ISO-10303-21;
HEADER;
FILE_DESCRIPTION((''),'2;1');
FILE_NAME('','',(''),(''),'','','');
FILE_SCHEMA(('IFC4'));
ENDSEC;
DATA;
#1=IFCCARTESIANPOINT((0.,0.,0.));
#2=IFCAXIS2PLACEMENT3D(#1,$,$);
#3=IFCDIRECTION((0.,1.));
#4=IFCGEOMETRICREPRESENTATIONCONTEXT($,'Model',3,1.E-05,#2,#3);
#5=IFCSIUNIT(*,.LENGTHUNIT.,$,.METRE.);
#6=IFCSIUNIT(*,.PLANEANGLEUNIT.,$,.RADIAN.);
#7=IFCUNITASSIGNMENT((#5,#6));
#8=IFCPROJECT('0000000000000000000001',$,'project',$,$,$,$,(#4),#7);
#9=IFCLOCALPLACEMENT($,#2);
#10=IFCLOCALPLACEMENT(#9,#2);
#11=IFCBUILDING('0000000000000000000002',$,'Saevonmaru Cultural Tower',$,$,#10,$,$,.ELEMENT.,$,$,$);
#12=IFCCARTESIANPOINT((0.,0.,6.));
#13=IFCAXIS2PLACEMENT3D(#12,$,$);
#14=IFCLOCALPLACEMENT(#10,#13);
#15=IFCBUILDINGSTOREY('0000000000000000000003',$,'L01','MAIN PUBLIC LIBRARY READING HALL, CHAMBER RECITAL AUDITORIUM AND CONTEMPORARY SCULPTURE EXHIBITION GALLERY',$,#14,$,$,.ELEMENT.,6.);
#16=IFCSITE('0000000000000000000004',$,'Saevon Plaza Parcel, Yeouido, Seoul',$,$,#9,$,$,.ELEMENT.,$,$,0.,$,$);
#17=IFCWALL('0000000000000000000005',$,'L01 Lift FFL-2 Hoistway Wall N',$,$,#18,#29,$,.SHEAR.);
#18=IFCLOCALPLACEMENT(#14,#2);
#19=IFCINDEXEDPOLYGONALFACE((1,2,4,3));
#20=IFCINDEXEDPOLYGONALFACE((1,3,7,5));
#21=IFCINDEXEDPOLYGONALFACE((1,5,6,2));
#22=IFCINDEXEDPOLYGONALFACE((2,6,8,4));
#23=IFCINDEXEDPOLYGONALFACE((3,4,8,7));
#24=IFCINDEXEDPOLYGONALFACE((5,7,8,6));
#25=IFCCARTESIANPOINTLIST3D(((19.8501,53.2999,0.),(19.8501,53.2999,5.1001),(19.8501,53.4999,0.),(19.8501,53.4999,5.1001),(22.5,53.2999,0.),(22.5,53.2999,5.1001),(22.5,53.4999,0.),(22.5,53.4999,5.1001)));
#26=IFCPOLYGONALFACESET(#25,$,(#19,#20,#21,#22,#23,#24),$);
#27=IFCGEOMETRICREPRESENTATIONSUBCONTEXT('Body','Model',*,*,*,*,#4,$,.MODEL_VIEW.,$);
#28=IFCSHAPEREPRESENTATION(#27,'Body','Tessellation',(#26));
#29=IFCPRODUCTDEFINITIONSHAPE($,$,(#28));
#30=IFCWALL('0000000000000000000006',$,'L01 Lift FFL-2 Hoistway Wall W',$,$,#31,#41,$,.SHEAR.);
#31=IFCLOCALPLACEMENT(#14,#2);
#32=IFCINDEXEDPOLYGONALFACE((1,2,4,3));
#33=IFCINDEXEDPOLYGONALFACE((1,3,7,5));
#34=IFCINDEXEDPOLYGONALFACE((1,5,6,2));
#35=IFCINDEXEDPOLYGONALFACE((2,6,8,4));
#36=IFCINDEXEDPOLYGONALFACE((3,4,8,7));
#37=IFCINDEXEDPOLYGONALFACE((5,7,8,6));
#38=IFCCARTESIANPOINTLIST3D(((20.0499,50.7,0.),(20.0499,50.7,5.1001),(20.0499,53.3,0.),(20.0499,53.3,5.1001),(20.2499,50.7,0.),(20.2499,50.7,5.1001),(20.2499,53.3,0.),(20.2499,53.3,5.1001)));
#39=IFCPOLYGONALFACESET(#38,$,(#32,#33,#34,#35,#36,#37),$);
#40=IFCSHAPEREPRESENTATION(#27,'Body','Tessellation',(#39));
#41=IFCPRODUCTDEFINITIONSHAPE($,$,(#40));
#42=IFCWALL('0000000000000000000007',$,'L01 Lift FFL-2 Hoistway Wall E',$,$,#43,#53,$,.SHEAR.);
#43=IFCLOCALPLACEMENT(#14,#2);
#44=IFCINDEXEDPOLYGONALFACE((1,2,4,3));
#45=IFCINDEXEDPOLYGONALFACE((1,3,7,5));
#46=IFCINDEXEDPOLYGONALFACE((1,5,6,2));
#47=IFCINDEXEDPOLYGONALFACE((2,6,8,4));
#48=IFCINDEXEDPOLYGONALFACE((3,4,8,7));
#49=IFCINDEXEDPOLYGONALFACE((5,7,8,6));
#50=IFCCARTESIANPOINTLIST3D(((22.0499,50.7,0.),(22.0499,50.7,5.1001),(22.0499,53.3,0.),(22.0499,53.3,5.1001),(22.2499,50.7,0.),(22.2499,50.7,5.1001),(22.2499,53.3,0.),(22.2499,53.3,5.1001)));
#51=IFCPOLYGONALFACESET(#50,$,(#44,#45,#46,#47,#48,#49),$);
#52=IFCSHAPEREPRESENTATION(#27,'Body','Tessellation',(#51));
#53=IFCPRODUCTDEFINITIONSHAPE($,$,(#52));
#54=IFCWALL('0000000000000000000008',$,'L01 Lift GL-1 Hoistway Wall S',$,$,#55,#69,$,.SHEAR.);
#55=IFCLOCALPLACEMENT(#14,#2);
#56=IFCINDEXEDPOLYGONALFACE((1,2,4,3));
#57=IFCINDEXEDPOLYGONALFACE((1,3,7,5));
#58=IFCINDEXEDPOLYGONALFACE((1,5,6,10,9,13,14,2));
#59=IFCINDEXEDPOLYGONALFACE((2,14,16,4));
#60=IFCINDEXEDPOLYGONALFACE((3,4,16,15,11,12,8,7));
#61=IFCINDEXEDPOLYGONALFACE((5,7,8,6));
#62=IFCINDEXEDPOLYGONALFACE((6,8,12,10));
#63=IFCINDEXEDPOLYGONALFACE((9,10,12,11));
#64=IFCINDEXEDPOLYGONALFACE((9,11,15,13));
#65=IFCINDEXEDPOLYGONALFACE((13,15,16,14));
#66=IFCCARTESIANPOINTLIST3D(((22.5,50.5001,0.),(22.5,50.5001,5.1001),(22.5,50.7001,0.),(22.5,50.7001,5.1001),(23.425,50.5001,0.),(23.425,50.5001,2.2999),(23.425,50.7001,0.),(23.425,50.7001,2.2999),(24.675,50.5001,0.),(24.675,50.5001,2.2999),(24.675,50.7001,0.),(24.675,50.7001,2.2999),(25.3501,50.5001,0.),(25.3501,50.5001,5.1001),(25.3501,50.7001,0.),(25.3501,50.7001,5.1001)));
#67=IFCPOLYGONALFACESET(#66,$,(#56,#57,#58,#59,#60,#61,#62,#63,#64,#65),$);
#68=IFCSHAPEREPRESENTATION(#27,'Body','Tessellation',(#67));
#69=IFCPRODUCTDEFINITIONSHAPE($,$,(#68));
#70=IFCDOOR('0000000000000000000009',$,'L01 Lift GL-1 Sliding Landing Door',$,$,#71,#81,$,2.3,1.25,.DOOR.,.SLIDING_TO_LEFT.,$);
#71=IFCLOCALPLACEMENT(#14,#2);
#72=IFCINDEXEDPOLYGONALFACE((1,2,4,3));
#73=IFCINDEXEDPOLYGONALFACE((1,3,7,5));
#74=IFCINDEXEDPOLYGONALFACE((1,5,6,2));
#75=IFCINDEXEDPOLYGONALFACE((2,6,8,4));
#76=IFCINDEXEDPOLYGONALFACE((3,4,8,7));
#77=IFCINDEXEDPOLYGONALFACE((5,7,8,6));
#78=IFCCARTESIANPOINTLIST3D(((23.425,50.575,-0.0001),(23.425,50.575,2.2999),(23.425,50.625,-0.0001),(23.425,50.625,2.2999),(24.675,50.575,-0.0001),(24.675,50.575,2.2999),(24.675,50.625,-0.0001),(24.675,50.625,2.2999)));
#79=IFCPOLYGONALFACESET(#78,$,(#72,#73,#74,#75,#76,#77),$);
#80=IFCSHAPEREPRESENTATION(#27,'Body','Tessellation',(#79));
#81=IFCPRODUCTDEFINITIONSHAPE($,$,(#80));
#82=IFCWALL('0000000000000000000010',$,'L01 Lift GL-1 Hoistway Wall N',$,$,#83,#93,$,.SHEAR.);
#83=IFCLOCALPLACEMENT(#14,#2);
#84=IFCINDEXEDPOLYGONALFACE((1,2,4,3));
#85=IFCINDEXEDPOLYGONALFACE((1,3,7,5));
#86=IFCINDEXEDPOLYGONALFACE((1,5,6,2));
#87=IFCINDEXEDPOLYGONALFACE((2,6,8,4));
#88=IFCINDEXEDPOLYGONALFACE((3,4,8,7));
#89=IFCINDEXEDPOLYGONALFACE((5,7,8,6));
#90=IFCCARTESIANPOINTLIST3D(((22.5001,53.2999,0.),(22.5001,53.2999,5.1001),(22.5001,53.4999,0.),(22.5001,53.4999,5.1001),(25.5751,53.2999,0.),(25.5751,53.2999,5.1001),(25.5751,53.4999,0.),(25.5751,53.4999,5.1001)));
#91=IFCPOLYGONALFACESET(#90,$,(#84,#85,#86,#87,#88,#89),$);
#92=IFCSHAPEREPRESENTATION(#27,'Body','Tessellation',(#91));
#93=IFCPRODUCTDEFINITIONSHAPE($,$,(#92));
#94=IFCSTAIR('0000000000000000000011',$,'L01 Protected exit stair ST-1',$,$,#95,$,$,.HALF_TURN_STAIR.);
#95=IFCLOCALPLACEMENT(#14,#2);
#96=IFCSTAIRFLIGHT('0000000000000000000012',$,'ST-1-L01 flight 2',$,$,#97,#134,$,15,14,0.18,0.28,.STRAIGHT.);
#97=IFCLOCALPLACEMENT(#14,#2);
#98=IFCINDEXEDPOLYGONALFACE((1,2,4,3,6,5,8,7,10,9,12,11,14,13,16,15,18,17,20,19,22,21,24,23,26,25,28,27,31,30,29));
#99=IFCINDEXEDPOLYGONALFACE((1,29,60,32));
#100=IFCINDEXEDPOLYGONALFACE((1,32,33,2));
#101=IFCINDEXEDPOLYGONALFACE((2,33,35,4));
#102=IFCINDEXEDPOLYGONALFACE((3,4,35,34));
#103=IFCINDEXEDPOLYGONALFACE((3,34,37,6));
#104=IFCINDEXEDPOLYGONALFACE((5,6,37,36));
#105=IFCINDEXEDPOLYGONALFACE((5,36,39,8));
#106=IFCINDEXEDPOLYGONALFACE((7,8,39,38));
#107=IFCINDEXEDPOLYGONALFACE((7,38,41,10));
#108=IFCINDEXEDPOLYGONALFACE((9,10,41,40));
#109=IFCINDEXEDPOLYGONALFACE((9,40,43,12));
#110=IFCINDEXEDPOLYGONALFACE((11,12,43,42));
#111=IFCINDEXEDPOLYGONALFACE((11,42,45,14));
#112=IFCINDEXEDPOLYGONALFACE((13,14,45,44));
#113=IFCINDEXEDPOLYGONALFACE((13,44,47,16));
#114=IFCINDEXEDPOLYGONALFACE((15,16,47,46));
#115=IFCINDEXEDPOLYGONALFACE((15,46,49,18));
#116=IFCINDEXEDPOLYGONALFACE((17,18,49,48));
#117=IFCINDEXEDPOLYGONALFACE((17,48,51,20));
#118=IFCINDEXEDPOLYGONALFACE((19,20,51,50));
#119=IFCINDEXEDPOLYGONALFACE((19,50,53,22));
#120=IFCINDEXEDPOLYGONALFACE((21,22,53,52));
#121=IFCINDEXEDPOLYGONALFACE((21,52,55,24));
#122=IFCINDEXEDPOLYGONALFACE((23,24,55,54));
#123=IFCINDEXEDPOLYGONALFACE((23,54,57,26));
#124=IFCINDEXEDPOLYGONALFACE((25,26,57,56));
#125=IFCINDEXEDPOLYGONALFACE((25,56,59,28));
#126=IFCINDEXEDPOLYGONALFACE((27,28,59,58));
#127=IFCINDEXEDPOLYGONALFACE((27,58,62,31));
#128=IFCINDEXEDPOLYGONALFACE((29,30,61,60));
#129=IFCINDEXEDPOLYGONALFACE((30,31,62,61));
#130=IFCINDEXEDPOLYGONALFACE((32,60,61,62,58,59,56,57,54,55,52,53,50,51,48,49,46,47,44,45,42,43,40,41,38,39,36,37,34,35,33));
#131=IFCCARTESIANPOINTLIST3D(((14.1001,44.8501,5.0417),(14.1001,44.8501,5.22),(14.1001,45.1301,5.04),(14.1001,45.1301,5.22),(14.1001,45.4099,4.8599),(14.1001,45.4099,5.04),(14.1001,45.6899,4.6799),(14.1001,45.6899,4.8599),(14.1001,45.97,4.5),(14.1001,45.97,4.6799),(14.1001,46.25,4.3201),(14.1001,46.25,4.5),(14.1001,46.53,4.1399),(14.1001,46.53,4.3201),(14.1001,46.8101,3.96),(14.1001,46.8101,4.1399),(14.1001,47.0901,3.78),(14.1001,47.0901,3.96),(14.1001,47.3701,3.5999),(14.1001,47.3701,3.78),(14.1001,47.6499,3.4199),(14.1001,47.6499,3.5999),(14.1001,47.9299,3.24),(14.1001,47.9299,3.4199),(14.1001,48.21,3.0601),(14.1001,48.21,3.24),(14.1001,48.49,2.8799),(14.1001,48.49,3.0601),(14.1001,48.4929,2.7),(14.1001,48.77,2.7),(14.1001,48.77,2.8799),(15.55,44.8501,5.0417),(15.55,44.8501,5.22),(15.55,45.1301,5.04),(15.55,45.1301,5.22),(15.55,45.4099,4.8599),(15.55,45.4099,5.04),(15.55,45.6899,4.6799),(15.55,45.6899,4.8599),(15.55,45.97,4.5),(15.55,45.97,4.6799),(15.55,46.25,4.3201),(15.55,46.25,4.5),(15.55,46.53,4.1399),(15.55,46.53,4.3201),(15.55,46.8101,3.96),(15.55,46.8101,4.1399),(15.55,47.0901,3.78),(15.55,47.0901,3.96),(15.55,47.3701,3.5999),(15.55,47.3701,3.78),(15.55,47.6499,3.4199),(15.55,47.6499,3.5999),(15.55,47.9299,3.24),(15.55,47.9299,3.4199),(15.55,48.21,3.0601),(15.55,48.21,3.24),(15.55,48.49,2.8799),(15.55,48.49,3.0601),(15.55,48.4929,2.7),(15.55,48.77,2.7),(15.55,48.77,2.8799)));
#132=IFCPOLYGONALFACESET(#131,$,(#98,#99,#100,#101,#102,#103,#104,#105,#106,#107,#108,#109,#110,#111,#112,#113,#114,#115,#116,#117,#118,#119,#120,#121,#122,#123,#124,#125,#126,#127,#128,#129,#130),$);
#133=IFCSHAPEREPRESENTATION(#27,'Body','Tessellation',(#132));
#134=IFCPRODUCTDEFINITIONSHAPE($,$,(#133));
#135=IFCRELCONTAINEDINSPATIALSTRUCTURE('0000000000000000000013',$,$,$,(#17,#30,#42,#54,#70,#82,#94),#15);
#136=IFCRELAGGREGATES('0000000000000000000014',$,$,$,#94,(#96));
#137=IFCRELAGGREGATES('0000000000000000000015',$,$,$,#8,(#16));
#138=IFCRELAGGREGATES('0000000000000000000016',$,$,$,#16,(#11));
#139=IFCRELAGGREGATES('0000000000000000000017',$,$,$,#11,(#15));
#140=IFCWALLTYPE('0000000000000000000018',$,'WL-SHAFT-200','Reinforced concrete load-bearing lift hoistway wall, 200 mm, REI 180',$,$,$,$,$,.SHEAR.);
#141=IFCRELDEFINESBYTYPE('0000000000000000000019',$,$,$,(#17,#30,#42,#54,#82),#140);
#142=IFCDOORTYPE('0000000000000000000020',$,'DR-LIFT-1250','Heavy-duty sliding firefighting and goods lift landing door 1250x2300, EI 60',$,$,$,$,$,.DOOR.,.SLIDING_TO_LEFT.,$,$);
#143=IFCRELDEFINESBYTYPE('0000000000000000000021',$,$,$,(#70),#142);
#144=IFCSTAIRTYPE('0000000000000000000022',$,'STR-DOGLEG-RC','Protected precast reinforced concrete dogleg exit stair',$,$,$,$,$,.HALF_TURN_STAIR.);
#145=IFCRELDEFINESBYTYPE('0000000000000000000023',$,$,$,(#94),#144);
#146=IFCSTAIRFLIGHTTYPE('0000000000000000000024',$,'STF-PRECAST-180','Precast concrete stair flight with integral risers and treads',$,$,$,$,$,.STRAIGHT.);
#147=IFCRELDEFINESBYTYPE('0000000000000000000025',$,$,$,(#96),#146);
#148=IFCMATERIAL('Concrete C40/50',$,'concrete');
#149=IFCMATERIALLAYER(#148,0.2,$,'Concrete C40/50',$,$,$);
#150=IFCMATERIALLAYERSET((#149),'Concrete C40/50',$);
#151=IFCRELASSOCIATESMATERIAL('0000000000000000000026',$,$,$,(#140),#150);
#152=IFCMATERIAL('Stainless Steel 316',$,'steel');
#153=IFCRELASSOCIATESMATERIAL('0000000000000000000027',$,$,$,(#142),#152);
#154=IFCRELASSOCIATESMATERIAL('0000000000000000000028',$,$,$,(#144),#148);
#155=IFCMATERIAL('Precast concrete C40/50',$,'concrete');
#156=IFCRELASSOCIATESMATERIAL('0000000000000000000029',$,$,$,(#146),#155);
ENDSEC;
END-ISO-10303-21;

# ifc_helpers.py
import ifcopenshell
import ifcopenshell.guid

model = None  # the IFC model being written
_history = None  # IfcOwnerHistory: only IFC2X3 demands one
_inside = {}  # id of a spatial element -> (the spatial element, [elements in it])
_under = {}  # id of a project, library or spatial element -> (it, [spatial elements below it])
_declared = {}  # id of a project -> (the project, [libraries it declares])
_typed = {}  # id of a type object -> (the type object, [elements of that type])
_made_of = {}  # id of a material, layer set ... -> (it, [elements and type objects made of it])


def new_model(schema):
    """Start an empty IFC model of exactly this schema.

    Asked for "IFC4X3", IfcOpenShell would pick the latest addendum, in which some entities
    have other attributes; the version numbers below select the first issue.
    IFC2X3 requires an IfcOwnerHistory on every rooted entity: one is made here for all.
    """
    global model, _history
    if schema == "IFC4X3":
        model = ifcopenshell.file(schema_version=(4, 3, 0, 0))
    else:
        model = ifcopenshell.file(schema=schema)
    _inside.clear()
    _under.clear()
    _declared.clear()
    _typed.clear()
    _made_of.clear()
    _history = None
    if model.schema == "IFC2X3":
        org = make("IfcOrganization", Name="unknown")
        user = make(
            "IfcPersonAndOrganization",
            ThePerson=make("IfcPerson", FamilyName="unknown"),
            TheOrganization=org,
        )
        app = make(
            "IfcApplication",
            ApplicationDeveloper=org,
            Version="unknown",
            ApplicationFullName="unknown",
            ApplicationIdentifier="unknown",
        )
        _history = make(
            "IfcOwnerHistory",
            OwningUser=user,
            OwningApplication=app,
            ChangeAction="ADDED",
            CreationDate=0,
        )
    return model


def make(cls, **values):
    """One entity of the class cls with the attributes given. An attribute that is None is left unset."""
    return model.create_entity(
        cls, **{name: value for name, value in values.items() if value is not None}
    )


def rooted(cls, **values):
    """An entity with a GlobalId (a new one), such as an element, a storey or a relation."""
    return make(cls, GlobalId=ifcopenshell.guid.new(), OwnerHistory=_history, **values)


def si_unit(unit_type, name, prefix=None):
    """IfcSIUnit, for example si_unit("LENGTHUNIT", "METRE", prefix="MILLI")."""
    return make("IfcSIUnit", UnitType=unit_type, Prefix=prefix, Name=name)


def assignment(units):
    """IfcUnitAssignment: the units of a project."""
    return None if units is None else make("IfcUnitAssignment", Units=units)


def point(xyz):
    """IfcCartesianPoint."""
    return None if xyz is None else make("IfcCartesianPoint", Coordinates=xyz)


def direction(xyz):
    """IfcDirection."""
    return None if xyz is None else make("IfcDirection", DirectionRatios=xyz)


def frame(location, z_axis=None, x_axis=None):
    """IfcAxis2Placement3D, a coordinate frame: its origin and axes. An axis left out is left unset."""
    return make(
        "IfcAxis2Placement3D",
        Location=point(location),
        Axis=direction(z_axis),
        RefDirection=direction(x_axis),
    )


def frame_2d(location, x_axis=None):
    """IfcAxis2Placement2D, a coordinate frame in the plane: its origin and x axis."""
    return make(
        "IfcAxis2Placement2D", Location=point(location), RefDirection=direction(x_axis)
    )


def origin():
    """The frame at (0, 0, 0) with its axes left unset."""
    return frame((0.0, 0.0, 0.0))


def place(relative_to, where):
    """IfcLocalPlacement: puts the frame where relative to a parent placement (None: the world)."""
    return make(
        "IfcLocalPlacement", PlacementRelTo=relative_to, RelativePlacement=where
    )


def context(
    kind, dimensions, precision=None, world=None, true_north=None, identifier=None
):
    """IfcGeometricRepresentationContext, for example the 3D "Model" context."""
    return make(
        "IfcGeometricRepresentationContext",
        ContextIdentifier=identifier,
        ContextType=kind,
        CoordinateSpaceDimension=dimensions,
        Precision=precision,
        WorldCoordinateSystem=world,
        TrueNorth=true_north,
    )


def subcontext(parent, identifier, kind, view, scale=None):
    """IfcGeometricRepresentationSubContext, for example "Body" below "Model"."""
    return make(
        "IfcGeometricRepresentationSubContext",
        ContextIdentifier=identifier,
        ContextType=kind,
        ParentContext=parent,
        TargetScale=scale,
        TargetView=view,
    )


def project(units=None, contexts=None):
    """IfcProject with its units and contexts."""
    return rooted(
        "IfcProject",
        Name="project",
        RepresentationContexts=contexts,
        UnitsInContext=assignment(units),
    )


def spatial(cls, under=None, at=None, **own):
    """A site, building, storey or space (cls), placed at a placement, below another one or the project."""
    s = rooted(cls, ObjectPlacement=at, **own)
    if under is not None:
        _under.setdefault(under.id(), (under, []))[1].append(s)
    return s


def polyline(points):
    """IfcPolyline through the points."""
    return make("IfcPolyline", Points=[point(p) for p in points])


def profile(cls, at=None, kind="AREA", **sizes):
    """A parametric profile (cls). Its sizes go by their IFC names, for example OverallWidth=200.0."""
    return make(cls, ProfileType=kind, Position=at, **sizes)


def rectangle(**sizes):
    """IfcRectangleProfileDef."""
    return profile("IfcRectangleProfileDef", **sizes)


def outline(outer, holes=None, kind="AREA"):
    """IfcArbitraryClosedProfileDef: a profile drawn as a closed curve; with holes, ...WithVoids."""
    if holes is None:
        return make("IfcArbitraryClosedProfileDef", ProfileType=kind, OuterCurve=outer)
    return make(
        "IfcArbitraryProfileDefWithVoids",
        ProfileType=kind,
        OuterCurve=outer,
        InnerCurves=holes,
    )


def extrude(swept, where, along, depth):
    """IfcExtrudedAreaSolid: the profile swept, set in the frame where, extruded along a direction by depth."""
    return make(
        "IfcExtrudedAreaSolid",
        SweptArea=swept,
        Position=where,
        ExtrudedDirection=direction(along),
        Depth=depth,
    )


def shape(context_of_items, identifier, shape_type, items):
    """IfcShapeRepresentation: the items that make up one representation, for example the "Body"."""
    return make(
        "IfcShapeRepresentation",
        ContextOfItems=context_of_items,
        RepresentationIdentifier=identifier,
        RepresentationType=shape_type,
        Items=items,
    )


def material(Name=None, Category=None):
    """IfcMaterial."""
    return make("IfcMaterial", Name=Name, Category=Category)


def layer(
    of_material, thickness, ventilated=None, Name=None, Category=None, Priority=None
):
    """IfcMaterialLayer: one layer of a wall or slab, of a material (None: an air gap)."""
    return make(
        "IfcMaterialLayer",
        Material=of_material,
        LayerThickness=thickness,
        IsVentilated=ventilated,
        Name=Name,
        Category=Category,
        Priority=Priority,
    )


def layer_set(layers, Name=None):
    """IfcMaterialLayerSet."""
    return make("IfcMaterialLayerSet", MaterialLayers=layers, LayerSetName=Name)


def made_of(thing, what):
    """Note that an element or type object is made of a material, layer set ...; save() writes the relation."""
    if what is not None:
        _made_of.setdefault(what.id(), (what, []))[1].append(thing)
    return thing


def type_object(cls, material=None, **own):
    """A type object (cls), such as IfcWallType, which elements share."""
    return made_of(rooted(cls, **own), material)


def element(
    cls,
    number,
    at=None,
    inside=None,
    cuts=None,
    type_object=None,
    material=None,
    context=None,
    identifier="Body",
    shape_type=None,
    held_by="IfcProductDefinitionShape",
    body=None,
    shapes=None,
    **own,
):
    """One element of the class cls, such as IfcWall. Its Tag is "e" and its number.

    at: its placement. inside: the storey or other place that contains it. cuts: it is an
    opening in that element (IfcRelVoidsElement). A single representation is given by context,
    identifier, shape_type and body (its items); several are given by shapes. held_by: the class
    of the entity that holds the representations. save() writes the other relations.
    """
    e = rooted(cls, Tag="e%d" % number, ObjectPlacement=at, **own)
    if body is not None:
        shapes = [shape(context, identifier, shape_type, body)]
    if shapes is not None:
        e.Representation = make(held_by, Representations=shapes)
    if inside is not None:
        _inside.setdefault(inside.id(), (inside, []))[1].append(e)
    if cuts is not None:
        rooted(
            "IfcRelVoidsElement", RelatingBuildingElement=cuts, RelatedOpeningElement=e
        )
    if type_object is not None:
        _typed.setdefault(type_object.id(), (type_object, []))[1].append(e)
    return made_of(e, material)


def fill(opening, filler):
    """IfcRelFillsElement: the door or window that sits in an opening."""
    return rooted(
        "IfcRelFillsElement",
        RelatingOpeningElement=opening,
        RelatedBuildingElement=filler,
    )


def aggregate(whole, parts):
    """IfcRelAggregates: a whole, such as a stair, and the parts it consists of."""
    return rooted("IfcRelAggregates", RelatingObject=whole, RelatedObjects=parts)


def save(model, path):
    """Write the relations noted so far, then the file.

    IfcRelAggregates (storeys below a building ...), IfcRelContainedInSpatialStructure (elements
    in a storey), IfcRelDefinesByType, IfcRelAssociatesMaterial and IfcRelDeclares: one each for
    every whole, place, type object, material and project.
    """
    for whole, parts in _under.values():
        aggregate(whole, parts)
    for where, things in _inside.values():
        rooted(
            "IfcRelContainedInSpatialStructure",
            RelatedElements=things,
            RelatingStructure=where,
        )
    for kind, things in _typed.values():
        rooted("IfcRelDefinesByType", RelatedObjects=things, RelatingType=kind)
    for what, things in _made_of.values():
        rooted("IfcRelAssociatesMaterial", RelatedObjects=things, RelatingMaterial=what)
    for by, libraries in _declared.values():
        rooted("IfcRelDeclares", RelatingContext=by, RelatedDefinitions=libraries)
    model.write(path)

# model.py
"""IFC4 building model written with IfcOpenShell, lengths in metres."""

from ifc_helpers import new_model, si_unit, direction, frame, frame_2d, origin, place, context, subcontext, project, spatial, polyline, rectangle, outline, extrude, material, layer, layer_set, type_object, element, fill, aggregate, save


model = new_model("IFC4")

# Units and contexts
model_context = context("Model", 3, precision=1e-05, world=origin(), true_north=direction((0.0, 1.0)))
body_context = subcontext(model_context, "Body", "Model", "MODEL_VIEW")
ifc_project = project(units=[si_unit("LENGTHUNIT", "METRE"), si_unit("PLANEANGLEUNIT", "RADIAN")], contexts=[model_context])

# Site, building, storey
site_placement = place(None, origin())
site = spatial("IfcSite", under=ifc_project, at=site_placement, Name="Saevon Plaza Parcel, Yeouido, Seoul", CompositionType="ELEMENT", RefElevation=0.0)
building_placement = place(site_placement, origin())
building = spatial("IfcBuilding", under=site, at=building_placement, Name="Saevonmaru Cultural Tower", CompositionType="ELEMENT")
storey_placement = place(building_placement, frame((0.0, 0.0, 6.0)))
storey = spatial("IfcBuildingStorey", under=building, at=storey_placement, Name="L01", Description="MAIN PUBLIC LIBRARY READING HALL, CHAMBER RECITAL AUDITORIUM AND CONTEMPORARY SCULPTURE EXHIBITION GALLERY", CompositionType="ELEMENT", Elevation=6.0)

# Shared definitions
ifc_material_1 = material(Name="Concrete C40/50", Category="concrete")
ifc_layer_1 = layer(ifc_material_1, 0.2, Name="Concrete C40/50")
ifc_layer_set_1 = layer_set([ifc_layer_1], Name="Concrete C40/50")
wall_type_1 = type_object("IfcWallType", Name="WL-SHAFT-200", Description="Reinforced concrete load-bearing lift hoistway wall, 200 mm, REI 180", PredefinedType="SHEAR", material=ifc_layer_set_1)
ifc_material_2 = material(Name="Stainless Steel 316", Category="steel")
door_type_1 = type_object("IfcDoorType", Name="DR-LIFT-1250", Description="Heavy-duty sliding firefighting and goods lift landing door 1250x2300, EI 60", OperationType="SLIDING_TO_LEFT", PredefinedType="DOOR", material=ifc_material_2)

# Walls
wall_1_placement = place(storey_placement, frame((19.8501, 53.3999, 0.0), z_axis=(0.0, 0.0, 1.0), x_axis=(1.0, 0.0, 0.0)))
element("IfcWall", 1, at=wall_1_placement, inside=storey, type_object=wall_type_1, Name="L01 Lift FFL-2 Hoistway Wall N", PredefinedType="SHEAR", context=body_context, shape_type="SweptSolid", body=[
    extrude(rectangle(XDim=2.6499, YDim=0.2, at=frame_2d((1.325, 0.0))), origin(), (0.0, 0.0, 1.0), 5.1001),
])
for number, where, z_axis, x_axis, name in (
    (2, (20.1499, 50.7, 0.0), (0.0, 0.0, 1.0), (0.0, 1.0, 0.0), "L01 Lift FFL-2 Hoistway Wall W"),
    (3, (22.1499, 50.7, 0.0), (0.0, 0.0, 1.0), (0.0, 1.0, 0.0), "L01 Lift FFL-2 Hoistway Wall E"),
):
    element("IfcWall", number, at=place(storey_placement, frame(where, z_axis=z_axis, x_axis=x_axis)), inside=storey, type_object=wall_type_1, Name=name, PredefinedType="SHEAR", context=body_context, shape_type="SweptSolid", body=[
        extrude(rectangle(XDim=2.6001, YDim=0.2, at=frame_2d((1.3, 0.0))), origin(), (0.0, 0.0, 1.0), 5.1001),
    ])

# Wall, opening, door
wall_2_placement = place(storey_placement, frame((22.5, 50.6001, 0.0), z_axis=(0.0, 0.0, 1.0), x_axis=(1.0, 0.0, 0.0)))
wall_2 = element("IfcWall", 4, at=wall_2_placement, inside=storey, type_object=wall_type_1, Name="L01 Lift GL-1 Hoistway Wall S", PredefinedType="SHEAR", context=body_context, shape_type="SweptSolid", body=[
    extrude(rectangle(XDim=2.8501, YDim=0.2, at=frame_2d((1.425, 0.0))), origin(), (0.0, 0.0, 1.0), 5.1001),
])
opening_1_placement = place(wall_2_placement, frame((0.925, 0.0, 0.0)))
opening_1 = element("IfcOpeningElement", 5, at=opening_1_placement, cuts=wall_2, PredefinedType="OPENING", context=body_context, shape_type="SweptSolid", body=[
    extrude(rectangle(XDim=1.25, YDim=2.3, at=frame_2d((0.625, 1.1499))), frame((0.0, 0.1099, 0.0), z_axis=(0.0, -1.0, 0.0), x_axis=(1.0, 0.0, 0.0)), (0.0, 0.0, 1.0), 0.22),
])
door_1_placement = place(opening_1_placement, origin())
door_1 = element("IfcDoor", 6, at=door_1_placement, inside=storey, type_object=door_type_1, Name="L01 Lift GL-1 Sliding Landing Door", OperationType="SLIDING_TO_LEFT", OverallHeight=2.3, OverallWidth=1.25, PredefinedType="DOOR", context=body_context, shape_type="SweptSolid", body=[
    extrude(rectangle(XDim=1.25, YDim=2.3, at=frame_2d((0.625, 1.1499))), frame((0.0, 0.0249, 0.0), z_axis=(0.0, -1.0, 0.0), x_axis=(1.0, 0.0, 0.0)), (0.0, 0.0, 1.0), 0.05),
])
fill(opening_1, door_1)

# Wall
wall_3_placement = place(storey_placement, frame((22.5, 53.3999, 0.0), z_axis=(0.0, 0.0, 1.0), x_axis=(1.0, 0.0, 0.0)))
element("IfcWall", 7, at=wall_3_placement, inside=storey, type_object=wall_type_1, Name="L01 Lift GL-1 Hoistway Wall N", PredefinedType="SHEAR", context=body_context, shape_type="SweptSolid", body=[
    extrude(rectangle(XDim=3.075, YDim=0.2, at=frame_2d((1.5376, 0.0))), origin(), (0.0, 0.0, 1.0), 5.1001),
])

# Stair, stair flight
stair_type = type_object("IfcStairType", Name="STR-DOGLEG-RC", Description="Protected precast reinforced concrete dogleg exit stair", PredefinedType="HALF_TURN_STAIR", material=ifc_material_1)
stair_placement = place(storey_placement, origin())
stair = element("IfcStair", 8, at=stair_placement, inside=storey, type_object=stair_type, Name="L01 Protected exit stair ST-1", PredefinedType="HALF_TURN_STAIR")
ifc_material_3 = material(Name="Precast concrete C40/50", Category="concrete")
stair_flight_type = type_object("IfcStairFlightType", Name="STF-PRECAST-180", Description="Precast concrete stair flight with integral risers and treads", PredefinedType="STRAIGHT", material=ifc_material_3)
stair_flight_placement = place(storey_placement, frame((14.825, 48.77, 2.7), z_axis=(0.0, 0.0, 1.0), x_axis=(0.0, -1.0, 0.0)))
stair_flight = element("IfcStairFlight", 9, at=stair_flight_placement, type_object=stair_flight_type, Name="ST-1-L01 flight 2", NumberOfRisers=15, NumberOfTreads=14, PredefinedType="STRAIGHT", RiserHeight=0.18, TreadLength=0.28, context=body_context, shape_type="SweptSolid", body=[
    extrude(outline(polyline([(0.0, 0.0), (0.0, 0.1799), (0.28, 0.1799), (0.28, 0.3601), (0.5601, 0.3601), (0.5601, 0.54), (0.8401, 0.54), (0.8401, 0.72), (1.1201, 0.72), (1.1201, 0.8999), (1.3999, 0.8999), (1.3999, 1.0801), (1.6799, 1.0801), (1.6799, 1.26), (1.96, 1.26), (1.96, 1.4399), (2.24, 1.4399), (2.24, 1.6201), (2.52, 1.6201), (2.52, 1.8), (2.8, 1.8), (2.8, 1.98), (3.0801, 1.98), (3.0801, 2.1599), (3.3601, 2.1599), (3.3601, 2.3401), (3.6399, 2.3401), (3.6399, 2.52), (3.9199, 2.52), (3.9199, 2.7), (3.9199, 2.3418), (0.2771, 0.0), (0.0, 0.0)])), frame((0.0, 0.7251, 0.0), z_axis=(0.0, -1.0, 0.0), x_axis=(1.0, 0.0, 0.0)), (0.0, 0.0, 1.0), 1.45),
])
aggregate(stair, [stair_flight])

save(model, "model.ifc")
